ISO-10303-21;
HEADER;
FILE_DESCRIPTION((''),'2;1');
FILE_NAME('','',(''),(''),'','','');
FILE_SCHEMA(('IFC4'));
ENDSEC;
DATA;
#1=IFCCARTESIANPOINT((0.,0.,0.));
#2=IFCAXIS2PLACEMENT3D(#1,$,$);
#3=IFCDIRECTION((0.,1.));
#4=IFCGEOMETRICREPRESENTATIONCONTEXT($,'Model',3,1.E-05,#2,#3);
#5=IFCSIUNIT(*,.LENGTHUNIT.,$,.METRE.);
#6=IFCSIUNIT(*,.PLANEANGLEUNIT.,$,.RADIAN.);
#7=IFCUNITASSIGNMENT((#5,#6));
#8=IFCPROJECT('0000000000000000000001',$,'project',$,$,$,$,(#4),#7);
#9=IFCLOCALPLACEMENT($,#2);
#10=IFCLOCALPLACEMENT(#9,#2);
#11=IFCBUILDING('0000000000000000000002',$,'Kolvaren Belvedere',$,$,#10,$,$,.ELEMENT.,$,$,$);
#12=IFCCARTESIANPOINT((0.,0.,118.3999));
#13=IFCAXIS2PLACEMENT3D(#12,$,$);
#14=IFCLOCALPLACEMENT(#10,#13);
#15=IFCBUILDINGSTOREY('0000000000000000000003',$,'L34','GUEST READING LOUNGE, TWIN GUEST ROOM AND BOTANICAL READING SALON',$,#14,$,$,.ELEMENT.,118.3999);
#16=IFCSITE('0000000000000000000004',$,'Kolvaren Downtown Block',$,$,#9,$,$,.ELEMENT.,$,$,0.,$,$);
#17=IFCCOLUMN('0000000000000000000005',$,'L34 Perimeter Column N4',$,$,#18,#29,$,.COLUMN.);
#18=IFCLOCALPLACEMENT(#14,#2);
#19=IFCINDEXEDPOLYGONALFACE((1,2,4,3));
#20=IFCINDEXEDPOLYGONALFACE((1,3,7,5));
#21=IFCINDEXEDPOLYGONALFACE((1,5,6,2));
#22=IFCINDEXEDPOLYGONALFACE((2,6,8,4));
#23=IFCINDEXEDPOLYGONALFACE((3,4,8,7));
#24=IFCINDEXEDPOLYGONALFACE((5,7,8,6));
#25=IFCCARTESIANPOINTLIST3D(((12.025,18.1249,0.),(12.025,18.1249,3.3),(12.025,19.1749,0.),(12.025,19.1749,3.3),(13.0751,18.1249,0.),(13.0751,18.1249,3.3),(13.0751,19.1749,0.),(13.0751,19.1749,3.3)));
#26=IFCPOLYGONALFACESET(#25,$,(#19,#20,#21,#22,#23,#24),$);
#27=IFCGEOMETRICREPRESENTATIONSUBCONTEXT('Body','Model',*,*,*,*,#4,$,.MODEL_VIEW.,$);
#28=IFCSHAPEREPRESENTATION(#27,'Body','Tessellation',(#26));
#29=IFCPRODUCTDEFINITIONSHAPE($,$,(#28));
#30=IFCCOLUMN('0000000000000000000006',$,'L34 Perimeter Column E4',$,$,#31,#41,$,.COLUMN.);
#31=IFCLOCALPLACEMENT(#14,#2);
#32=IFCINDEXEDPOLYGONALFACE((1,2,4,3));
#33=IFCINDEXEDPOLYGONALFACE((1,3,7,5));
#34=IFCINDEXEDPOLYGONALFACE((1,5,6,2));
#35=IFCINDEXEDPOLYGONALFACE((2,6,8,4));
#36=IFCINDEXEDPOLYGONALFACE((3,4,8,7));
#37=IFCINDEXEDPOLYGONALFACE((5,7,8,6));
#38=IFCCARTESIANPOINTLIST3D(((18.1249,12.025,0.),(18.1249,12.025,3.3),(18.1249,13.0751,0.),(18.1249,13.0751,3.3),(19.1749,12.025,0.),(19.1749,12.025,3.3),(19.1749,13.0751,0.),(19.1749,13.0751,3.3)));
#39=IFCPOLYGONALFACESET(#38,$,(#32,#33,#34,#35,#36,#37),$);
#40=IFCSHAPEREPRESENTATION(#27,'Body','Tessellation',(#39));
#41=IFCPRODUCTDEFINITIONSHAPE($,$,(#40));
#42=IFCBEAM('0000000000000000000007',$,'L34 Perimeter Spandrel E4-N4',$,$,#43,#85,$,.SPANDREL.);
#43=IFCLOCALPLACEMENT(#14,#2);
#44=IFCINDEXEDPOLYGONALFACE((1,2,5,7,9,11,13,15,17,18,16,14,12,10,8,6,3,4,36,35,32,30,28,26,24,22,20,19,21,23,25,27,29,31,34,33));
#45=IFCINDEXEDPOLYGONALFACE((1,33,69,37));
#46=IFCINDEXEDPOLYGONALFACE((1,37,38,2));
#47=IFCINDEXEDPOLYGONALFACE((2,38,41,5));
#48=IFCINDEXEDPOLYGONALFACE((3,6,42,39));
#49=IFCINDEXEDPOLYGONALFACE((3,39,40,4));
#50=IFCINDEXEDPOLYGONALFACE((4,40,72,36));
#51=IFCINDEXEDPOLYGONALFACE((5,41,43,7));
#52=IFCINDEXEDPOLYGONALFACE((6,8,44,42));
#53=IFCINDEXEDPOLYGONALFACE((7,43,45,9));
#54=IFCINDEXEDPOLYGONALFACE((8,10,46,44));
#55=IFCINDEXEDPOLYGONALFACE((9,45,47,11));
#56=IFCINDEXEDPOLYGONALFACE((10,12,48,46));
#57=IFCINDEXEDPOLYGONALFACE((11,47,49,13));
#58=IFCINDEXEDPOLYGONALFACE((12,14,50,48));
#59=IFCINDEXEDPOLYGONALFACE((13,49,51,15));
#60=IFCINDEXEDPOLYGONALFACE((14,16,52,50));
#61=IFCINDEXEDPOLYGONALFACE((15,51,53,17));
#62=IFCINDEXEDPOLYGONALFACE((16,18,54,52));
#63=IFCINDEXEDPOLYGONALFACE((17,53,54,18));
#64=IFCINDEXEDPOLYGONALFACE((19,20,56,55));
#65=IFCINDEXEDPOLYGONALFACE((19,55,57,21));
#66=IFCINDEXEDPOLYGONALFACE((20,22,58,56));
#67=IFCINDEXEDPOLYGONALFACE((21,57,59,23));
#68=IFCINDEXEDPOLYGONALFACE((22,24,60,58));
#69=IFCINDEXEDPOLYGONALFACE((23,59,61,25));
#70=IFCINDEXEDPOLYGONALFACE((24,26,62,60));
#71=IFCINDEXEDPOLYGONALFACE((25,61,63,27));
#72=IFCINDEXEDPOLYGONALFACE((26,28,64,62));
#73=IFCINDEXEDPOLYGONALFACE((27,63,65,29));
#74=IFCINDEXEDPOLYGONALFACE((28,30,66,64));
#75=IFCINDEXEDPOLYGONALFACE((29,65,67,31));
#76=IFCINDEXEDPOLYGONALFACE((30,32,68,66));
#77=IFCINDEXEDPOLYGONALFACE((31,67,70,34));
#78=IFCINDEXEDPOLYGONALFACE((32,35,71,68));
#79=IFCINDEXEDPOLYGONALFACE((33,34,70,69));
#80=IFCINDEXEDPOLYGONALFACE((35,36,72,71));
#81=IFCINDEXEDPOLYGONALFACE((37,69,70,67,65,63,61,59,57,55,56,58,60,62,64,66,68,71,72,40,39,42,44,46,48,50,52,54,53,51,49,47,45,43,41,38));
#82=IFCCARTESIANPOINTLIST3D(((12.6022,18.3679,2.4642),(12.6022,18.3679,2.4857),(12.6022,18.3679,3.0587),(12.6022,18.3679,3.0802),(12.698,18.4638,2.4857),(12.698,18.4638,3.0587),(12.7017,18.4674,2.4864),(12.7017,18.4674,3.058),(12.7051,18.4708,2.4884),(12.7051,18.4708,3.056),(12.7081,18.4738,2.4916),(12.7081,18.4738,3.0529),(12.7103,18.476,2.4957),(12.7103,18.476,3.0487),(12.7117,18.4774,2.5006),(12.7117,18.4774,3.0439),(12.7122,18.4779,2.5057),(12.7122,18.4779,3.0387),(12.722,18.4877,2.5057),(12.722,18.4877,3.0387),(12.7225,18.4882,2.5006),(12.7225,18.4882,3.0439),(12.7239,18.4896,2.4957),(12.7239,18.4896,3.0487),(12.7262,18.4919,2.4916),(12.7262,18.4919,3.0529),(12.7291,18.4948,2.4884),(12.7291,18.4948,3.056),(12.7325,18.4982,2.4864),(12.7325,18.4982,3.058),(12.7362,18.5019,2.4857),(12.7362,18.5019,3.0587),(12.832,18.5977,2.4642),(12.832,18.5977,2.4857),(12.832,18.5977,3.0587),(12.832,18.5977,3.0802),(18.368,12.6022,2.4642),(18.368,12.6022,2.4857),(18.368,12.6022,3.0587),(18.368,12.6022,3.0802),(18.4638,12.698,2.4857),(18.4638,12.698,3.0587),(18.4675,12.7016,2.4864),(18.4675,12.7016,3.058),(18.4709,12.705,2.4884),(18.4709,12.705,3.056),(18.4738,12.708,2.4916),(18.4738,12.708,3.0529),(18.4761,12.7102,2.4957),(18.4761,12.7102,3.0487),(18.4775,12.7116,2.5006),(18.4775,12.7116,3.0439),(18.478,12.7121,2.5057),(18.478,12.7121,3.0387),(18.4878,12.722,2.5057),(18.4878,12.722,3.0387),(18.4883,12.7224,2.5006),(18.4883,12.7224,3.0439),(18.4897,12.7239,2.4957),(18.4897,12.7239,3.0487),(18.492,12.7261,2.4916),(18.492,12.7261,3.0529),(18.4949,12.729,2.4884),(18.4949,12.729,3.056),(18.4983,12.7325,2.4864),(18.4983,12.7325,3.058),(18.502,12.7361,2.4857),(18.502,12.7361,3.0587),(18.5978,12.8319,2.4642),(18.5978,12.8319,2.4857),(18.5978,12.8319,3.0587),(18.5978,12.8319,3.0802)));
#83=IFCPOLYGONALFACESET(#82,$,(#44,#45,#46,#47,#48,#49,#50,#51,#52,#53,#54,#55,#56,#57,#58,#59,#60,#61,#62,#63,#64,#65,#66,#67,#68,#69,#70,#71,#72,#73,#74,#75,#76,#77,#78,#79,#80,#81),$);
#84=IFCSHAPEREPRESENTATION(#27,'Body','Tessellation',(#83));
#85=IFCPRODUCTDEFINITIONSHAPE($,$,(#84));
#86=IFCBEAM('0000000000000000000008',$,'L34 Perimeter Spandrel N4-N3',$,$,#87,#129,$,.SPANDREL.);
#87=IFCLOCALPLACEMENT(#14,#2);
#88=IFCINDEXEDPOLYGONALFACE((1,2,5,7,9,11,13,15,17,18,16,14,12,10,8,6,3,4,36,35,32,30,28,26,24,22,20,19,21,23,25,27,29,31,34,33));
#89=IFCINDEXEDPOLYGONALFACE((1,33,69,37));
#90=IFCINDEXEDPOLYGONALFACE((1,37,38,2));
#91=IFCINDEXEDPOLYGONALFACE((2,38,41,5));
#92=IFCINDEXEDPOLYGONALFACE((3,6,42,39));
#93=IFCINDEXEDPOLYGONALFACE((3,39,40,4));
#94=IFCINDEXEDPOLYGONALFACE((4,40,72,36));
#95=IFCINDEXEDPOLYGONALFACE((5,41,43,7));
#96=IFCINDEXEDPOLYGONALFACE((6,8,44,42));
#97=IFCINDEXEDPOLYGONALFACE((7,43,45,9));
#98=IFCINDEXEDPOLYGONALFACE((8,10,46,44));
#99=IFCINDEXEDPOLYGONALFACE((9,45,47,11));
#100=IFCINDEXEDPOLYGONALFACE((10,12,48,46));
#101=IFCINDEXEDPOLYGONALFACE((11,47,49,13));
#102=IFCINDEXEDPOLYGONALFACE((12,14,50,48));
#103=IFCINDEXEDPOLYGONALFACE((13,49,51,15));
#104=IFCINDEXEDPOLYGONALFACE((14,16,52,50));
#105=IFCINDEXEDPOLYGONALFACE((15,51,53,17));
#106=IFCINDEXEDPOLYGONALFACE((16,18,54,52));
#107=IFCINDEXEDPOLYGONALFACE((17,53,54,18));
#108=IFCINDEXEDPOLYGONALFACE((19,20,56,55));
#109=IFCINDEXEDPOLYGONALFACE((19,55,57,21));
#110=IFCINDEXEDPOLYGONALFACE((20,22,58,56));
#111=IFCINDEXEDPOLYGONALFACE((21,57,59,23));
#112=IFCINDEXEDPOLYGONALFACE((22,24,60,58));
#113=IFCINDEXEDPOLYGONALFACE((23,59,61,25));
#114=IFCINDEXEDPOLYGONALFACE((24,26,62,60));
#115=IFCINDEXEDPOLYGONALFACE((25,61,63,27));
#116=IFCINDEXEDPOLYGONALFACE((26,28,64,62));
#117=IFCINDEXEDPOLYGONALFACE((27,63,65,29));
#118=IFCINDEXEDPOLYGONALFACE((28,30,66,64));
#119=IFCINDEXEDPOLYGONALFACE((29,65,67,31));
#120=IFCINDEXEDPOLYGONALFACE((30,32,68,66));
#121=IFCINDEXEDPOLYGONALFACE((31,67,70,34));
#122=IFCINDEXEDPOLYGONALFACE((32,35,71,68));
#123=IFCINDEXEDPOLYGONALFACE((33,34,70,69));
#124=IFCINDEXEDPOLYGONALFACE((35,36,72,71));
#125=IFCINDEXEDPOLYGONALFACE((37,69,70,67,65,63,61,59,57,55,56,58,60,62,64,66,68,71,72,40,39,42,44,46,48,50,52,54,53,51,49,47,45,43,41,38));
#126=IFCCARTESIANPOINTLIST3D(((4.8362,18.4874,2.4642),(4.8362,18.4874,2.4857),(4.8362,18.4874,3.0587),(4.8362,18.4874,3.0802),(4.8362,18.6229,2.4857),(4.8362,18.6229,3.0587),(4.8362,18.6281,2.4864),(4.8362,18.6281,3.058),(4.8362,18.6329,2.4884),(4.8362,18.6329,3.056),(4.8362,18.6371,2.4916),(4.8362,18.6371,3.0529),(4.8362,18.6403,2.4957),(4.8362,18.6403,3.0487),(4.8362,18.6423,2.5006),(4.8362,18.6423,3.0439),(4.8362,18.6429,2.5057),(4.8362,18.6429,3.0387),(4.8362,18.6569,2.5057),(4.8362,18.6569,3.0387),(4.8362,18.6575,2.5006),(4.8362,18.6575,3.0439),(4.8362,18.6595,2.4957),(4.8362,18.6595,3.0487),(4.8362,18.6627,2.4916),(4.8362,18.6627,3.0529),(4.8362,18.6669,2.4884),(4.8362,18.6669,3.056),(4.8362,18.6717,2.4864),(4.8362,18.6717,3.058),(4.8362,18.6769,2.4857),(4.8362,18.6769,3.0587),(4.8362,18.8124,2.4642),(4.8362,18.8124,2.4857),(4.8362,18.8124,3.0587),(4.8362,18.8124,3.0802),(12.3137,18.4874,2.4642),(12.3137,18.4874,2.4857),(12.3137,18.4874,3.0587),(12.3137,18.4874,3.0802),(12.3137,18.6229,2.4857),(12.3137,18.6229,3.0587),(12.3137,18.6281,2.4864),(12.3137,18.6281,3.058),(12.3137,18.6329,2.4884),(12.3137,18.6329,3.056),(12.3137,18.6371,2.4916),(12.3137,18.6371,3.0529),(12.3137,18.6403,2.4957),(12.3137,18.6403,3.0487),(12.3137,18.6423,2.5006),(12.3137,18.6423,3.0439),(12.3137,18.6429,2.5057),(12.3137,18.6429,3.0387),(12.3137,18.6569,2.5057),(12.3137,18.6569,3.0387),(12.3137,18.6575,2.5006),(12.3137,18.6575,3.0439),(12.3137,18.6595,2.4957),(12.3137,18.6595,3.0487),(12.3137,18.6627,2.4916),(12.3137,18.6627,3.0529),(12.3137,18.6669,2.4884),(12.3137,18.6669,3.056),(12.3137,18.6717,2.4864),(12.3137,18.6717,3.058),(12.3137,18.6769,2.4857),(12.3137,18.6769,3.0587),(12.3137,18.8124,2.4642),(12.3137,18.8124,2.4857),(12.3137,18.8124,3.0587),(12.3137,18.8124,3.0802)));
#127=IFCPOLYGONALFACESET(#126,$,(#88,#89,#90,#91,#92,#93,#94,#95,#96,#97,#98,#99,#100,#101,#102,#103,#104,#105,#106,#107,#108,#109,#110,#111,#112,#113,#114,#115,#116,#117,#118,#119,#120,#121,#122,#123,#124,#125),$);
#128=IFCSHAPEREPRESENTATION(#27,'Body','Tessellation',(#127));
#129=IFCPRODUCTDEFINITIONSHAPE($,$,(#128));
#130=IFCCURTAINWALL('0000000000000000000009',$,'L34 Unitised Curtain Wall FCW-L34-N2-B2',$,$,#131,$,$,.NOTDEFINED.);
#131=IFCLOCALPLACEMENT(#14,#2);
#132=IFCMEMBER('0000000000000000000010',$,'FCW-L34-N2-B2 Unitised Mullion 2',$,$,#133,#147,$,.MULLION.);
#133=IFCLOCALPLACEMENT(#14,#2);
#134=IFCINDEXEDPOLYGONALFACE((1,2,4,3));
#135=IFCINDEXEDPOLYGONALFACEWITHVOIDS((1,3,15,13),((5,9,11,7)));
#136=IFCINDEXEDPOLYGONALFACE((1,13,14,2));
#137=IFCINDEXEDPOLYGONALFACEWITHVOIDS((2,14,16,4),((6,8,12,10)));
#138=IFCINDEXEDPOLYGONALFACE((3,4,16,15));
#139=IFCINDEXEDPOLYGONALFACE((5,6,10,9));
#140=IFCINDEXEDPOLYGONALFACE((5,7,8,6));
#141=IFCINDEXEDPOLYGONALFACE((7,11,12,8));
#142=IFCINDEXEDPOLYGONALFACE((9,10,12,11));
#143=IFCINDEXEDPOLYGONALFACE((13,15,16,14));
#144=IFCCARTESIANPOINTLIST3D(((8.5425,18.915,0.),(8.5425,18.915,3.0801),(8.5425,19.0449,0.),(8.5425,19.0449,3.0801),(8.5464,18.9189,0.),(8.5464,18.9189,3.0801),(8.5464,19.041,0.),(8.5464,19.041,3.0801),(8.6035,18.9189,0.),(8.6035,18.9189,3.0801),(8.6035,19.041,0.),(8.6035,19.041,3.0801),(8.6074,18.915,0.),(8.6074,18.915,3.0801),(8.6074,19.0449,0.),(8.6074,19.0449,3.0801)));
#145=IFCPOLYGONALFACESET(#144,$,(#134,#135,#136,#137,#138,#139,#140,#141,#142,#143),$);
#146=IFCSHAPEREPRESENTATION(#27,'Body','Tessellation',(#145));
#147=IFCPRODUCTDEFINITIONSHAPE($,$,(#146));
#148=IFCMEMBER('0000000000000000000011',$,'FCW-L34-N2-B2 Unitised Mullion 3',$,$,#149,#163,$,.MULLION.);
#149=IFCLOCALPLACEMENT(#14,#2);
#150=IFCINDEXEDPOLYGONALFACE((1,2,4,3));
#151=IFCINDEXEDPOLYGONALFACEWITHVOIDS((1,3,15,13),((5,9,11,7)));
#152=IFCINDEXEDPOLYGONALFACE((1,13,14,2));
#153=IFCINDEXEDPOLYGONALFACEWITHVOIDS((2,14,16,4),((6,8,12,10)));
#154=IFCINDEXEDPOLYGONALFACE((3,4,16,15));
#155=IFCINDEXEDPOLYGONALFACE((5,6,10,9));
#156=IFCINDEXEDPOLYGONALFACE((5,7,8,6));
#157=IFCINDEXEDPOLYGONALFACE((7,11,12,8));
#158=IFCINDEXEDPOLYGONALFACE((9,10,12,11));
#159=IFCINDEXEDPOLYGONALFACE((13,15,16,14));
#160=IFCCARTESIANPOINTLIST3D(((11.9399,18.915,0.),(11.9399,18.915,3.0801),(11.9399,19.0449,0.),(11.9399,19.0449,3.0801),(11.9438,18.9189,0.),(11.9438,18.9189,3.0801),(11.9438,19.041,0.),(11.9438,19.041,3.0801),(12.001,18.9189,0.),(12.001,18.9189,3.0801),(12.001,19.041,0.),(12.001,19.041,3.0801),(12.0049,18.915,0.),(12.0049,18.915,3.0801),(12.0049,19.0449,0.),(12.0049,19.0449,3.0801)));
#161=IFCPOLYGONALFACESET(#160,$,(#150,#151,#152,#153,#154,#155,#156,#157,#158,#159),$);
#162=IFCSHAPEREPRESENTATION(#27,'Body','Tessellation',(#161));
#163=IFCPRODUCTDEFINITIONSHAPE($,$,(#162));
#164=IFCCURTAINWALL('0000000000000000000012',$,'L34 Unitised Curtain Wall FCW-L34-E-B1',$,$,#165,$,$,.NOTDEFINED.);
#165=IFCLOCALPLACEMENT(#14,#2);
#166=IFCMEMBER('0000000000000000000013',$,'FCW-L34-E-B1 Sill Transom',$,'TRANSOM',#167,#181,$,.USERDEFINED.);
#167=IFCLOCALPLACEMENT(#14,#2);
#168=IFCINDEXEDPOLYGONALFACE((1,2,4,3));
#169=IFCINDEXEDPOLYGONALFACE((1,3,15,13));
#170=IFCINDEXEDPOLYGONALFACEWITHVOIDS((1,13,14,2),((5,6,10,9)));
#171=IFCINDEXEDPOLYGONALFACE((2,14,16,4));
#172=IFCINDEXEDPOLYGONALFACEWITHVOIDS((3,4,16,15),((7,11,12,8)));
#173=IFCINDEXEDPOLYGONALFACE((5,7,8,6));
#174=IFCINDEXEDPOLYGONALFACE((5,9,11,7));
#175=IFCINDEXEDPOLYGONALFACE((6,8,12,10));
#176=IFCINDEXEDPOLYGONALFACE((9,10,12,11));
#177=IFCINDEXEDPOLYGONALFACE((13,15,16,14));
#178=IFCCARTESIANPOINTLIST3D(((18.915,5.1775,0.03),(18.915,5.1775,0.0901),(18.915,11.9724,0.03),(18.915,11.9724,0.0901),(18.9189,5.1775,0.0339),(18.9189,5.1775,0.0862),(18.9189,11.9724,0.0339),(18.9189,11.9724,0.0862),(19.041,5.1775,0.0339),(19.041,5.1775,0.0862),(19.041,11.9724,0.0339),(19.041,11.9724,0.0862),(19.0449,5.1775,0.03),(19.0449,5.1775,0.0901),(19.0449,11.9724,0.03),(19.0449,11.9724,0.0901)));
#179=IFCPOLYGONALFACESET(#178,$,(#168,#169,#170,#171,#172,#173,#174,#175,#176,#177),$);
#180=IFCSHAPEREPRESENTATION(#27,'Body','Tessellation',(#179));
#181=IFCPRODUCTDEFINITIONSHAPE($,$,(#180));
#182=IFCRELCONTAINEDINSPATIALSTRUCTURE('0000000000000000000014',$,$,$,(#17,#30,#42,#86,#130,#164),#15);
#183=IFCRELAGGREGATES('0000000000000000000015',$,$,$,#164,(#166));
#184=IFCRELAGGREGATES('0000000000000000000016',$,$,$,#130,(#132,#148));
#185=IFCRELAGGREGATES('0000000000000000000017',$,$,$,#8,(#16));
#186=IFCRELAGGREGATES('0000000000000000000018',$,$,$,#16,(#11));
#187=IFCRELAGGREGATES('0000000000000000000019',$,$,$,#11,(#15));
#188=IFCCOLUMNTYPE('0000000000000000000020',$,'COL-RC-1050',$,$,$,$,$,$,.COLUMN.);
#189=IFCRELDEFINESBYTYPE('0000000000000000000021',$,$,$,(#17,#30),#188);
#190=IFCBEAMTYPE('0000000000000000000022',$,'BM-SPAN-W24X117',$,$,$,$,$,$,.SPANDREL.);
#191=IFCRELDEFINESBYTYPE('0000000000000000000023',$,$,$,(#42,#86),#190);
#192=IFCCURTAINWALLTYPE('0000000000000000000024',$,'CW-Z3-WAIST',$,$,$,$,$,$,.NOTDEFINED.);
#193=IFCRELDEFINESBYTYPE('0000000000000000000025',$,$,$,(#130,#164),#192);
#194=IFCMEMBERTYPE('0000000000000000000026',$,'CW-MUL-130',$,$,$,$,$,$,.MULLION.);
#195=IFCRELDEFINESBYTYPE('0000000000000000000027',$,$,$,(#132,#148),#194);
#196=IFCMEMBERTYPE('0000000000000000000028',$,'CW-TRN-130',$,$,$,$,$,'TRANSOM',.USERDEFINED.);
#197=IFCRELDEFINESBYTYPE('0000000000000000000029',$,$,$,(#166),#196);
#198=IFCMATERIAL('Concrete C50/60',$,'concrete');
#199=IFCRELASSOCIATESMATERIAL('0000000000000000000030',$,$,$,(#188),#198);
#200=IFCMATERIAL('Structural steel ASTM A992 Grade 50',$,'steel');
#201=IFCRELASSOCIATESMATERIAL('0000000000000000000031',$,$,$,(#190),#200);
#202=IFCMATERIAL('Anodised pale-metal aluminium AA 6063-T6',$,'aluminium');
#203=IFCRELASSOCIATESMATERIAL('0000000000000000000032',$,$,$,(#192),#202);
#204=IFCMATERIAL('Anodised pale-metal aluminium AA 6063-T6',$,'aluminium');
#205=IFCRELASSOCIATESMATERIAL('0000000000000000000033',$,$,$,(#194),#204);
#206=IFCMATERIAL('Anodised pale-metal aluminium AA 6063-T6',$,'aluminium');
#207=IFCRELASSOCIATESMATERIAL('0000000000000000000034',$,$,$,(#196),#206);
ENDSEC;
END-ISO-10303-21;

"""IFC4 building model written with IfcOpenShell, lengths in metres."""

from ifc_helpers import new_model, si_unit, direction, frame, origin, origin_2d, place, context, subcontext, project, spatial, rectangle, hollow_rectangle, i_section, extrude, material, material_profile, profile_set, type_object, element, aggregate, save


model = new_model("IFC4")

# Units and contexts
model_context = context("Model", 3, precision=1e-05, world=origin(), true_north=direction((0.0, 1.0)))
body_context = subcontext(model_context, "Body", "Model", "MODEL_VIEW")
ifc_project = project(units=[si_unit("LENGTHUNIT", "METRE"), si_unit("PLANEANGLEUNIT", "RADIAN")], contexts=[model_context])

# Site, building, storey
site_placement = place(None, origin())
site = spatial("IfcSite", under=ifc_project, at=site_placement, Name="Kolvaren Downtown Block", CompositionType="ELEMENT", RefElevation=0.0)
building_placement = place(site_placement, origin())
building = spatial("IfcBuilding", under=site, at=building_placement, Name="Kolvaren Belvedere", CompositionType="ELEMENT")
storey_placement = place(building_placement, frame((0.0, 0.0, 118.3999)))
storey = spatial("IfcBuildingStorey", under=building, at=storey_placement, Name="L34", Description="GUEST READING LOUNGE, TWIN GUEST ROOM AND BOTANICAL READING SALON", CompositionType="ELEMENT", Elevation=118.3999)

# Columns
ifc_material_1 = material(Name="Concrete C50/60", Category="concrete")
ifc_material_profile_1 = material_profile(ifc_material_1, rectangle(XDim=1.05, YDim=1.05, at=origin_2d()), Name="RC 1050X1050")
ifc_profile_set_1 = profile_set([ifc_material_profile_1], Name="Concrete C50/60")
column_type = type_object("IfcColumnType", Name="COL-RC-1050", PredefinedType="COLUMN", material=ifc_profile_set_1)
for number, where, z_axis, x_axis, name in (
    (1, (12.55, 18.6499, 0.0), (0.0, 0.0, 1.0), (1.0, 0.0, 0.0), "L34 Perimeter Column N4"),
    (2, (18.6499, 12.55, 0.0), (0.0, 0.0, 1.0), (1.0, 0.0, 0.0), "L34 Perimeter Column E4"),
):
    element("IfcColumn", number, at=place(storey_placement, frame(where, z_axis=z_axis, x_axis=x_axis)), inside=storey, type_object=column_type, Name=name, PredefinedType="COLUMN", context=body_context, shape_type="SweptSolid", body=[
        extrude(rectangle(XDim=1.05, YDim=1.05, at=origin_2d()), origin(), (0.0, 0.0, 1.0), 3.3),
    ])

# Beams
ifc_material_2 = material(Name="Structural steel ASTM A992 Grade 50", Category="steel")
ifc_material_profile_2 = material_profile(ifc_material_2, i_section(OverallWidth=0.325, OverallDepth=0.616, WebThickness=0.0139, FlangeThickness=0.0215, FilletRadius=0.02, at=origin_2d()), Name="W24X117")
ifc_profile_set_2 = profile_set([ifc_material_profile_2], Name="Structural steel ASTM A992 Grade 50")
beam_type = type_object("IfcBeamType", Name="BM-SPAN-W24X117", PredefinedType="SPANDREL", material=ifc_profile_set_2)
beam_1_placement = place(storey_placement, frame((18.4829, 12.717, 2.7722), z_axis=(-0.707107, 0.707107, 0.0), x_axis=(-0.707107, -0.707107, 0.0)))
element("IfcBeam", 3, at=beam_1_placement, inside=storey, type_object=beam_type, Name="L34 Perimeter Spandrel E4-N4", PredefinedType="SPANDREL", context=body_context, shape_type="SweptSolid", body=[
    extrude(i_section(OverallWidth=0.325, OverallDepth=0.616, WebThickness=0.0139, FlangeThickness=0.0215, FilletRadius=0.02, at=origin_2d()), origin(), (0.0, 0.0, 1.0), 8.1541),
])
beam_2_placement = place(storey_placement, frame((12.3137, 18.6499, 2.7722), z_axis=(-1.0, 0.0, 0.0), x_axis=(0.0, -1.0, 0.0)))
element("IfcBeam", 4, at=beam_2_placement, inside=storey, type_object=beam_type, Name="L34 Perimeter Spandrel N4-N3", PredefinedType="SPANDREL", context=body_context, shape_type="SweptSolid", body=[
    extrude(i_section(OverallWidth=0.325, OverallDepth=0.616, WebThickness=0.0139, FlangeThickness=0.0215, FilletRadius=0.02, at=origin_2d()), origin(), (0.0, 0.0, 1.0), 7.4775),
])

# Curtain walls, members
ifc_material_3 = material(Name="Anodised pale-metal aluminium AA 6063-T6", Category="aluminium")
curtain_wall_type = type_object("IfcCurtainWallType", Name="CW-Z3-WAIST", PredefinedType="NOTDEFINED", material=ifc_material_3)
curtain_wall_1_placement = place(storey_placement, origin())
curtain_wall_1 = element("IfcCurtainWall", 5, at=curtain_wall_1_placement, inside=storey, type_object=curtain_wall_type, Name="L34 Unitised Curtain Wall FCW-L34-N2-B2", PredefinedType="NOTDEFINED")
ifc_material_4 = material(Name="Anodised pale-metal aluminium AA 6063-T6", Category="aluminium")
ifc_material_profile_3 = material_profile(ifc_material_4, hollow_rectangle(XDim=0.0649, YDim=0.1299, WallThickness=0.0039, at=origin_2d()), Name="ALU-MUL-130X65")
ifc_profile_set_3 = profile_set([ifc_material_profile_3], Name="Anodised pale-metal aluminium AA 6063-T6")
member_type_1 = type_object("IfcMemberType", Name="CW-MUL-130", PredefinedType="MULLION", material=ifc_profile_set_3)
member_1_placement = place(storey_placement, frame((8.575, 18.98, 0.0), z_axis=(0.0, 0.0, 1.0), x_axis=(1.0, 0.0, 0.0)))
member_1 = element("IfcMember", 6, at=member_1_placement, type_object=member_type_1, Name="FCW-L34-N2-B2 Unitised Mullion 2", PredefinedType="MULLION", context=body_context, shape_type="SweptSolid", body=[
    extrude(hollow_rectangle(XDim=0.0649, YDim=0.1299, WallThickness=0.0039, at=origin_2d()), origin(), (0.0, 0.0, 1.0), 3.0801),
])
member_2_placement = place(storey_placement, frame((11.9724, 18.98, 0.0), z_axis=(0.0, 0.0, 1.0), x_axis=(1.0, 0.0, 0.0)))
member_2 = element("IfcMember", 7, at=member_2_placement, type_object=member_type_1, Name="FCW-L34-N2-B2 Unitised Mullion 3", PredefinedType="MULLION", context=body_context, shape_type="SweptSolid", body=[
    extrude(hollow_rectangle(XDim=0.0649, YDim=0.1299, WallThickness=0.0039, at=origin_2d()), origin(), (0.0, 0.0, 1.0), 3.0801),
])
curtain_wall_2_placement = place(storey_placement, origin())
curtain_wall_2 = element("IfcCurtainWall", 8, at=curtain_wall_2_placement, inside=storey, type_object=curtain_wall_type, Name="L34 Unitised Curtain Wall FCW-L34-E-B1", PredefinedType="NOTDEFINED")
ifc_material_5 = material(Name="Anodised pale-metal aluminium AA 6063-T6", Category="aluminium")
ifc_material_profile_4 = material_profile(ifc_material_5, hollow_rectangle(XDim=0.0601, YDim=0.1299, WallThickness=0.0039, at=origin_2d()), Name="ALU-TRN-130X60")
ifc_profile_set_4 = profile_set([ifc_material_profile_4], Name="Anodised pale-metal aluminium AA 6063-T6")
member_type_2 = type_object("IfcMemberType", Name="CW-TRN-130", ElementType="TRANSOM", PredefinedType="USERDEFINED", material=ifc_profile_set_4)
member_3_placement = place(storey_placement, frame((18.98, 11.9724, 0.0601), z_axis=(0.0, -1.0, 0.0), x_axis=(0.0, 0.0, 1.0)))
member_3 = element("IfcMember", 9, at=member_3_placement, type_object=member_type_2, Name="FCW-L34-E-B1 Sill Transom", ObjectType="TRANSOM", PredefinedType="USERDEFINED", context=body_context, shape_type="SweptSolid", body=[
    extrude(hollow_rectangle(XDim=0.0601, YDim=0.1299, WallThickness=0.0039, at=origin_2d()), origin(), (0.0, 0.0, 1.0), 6.7949),
])
aggregate(curtain_wall_2, [member_3])

aggregate(curtain_wall_1, [member_1, member_2])

save(model, "model.ifc")
